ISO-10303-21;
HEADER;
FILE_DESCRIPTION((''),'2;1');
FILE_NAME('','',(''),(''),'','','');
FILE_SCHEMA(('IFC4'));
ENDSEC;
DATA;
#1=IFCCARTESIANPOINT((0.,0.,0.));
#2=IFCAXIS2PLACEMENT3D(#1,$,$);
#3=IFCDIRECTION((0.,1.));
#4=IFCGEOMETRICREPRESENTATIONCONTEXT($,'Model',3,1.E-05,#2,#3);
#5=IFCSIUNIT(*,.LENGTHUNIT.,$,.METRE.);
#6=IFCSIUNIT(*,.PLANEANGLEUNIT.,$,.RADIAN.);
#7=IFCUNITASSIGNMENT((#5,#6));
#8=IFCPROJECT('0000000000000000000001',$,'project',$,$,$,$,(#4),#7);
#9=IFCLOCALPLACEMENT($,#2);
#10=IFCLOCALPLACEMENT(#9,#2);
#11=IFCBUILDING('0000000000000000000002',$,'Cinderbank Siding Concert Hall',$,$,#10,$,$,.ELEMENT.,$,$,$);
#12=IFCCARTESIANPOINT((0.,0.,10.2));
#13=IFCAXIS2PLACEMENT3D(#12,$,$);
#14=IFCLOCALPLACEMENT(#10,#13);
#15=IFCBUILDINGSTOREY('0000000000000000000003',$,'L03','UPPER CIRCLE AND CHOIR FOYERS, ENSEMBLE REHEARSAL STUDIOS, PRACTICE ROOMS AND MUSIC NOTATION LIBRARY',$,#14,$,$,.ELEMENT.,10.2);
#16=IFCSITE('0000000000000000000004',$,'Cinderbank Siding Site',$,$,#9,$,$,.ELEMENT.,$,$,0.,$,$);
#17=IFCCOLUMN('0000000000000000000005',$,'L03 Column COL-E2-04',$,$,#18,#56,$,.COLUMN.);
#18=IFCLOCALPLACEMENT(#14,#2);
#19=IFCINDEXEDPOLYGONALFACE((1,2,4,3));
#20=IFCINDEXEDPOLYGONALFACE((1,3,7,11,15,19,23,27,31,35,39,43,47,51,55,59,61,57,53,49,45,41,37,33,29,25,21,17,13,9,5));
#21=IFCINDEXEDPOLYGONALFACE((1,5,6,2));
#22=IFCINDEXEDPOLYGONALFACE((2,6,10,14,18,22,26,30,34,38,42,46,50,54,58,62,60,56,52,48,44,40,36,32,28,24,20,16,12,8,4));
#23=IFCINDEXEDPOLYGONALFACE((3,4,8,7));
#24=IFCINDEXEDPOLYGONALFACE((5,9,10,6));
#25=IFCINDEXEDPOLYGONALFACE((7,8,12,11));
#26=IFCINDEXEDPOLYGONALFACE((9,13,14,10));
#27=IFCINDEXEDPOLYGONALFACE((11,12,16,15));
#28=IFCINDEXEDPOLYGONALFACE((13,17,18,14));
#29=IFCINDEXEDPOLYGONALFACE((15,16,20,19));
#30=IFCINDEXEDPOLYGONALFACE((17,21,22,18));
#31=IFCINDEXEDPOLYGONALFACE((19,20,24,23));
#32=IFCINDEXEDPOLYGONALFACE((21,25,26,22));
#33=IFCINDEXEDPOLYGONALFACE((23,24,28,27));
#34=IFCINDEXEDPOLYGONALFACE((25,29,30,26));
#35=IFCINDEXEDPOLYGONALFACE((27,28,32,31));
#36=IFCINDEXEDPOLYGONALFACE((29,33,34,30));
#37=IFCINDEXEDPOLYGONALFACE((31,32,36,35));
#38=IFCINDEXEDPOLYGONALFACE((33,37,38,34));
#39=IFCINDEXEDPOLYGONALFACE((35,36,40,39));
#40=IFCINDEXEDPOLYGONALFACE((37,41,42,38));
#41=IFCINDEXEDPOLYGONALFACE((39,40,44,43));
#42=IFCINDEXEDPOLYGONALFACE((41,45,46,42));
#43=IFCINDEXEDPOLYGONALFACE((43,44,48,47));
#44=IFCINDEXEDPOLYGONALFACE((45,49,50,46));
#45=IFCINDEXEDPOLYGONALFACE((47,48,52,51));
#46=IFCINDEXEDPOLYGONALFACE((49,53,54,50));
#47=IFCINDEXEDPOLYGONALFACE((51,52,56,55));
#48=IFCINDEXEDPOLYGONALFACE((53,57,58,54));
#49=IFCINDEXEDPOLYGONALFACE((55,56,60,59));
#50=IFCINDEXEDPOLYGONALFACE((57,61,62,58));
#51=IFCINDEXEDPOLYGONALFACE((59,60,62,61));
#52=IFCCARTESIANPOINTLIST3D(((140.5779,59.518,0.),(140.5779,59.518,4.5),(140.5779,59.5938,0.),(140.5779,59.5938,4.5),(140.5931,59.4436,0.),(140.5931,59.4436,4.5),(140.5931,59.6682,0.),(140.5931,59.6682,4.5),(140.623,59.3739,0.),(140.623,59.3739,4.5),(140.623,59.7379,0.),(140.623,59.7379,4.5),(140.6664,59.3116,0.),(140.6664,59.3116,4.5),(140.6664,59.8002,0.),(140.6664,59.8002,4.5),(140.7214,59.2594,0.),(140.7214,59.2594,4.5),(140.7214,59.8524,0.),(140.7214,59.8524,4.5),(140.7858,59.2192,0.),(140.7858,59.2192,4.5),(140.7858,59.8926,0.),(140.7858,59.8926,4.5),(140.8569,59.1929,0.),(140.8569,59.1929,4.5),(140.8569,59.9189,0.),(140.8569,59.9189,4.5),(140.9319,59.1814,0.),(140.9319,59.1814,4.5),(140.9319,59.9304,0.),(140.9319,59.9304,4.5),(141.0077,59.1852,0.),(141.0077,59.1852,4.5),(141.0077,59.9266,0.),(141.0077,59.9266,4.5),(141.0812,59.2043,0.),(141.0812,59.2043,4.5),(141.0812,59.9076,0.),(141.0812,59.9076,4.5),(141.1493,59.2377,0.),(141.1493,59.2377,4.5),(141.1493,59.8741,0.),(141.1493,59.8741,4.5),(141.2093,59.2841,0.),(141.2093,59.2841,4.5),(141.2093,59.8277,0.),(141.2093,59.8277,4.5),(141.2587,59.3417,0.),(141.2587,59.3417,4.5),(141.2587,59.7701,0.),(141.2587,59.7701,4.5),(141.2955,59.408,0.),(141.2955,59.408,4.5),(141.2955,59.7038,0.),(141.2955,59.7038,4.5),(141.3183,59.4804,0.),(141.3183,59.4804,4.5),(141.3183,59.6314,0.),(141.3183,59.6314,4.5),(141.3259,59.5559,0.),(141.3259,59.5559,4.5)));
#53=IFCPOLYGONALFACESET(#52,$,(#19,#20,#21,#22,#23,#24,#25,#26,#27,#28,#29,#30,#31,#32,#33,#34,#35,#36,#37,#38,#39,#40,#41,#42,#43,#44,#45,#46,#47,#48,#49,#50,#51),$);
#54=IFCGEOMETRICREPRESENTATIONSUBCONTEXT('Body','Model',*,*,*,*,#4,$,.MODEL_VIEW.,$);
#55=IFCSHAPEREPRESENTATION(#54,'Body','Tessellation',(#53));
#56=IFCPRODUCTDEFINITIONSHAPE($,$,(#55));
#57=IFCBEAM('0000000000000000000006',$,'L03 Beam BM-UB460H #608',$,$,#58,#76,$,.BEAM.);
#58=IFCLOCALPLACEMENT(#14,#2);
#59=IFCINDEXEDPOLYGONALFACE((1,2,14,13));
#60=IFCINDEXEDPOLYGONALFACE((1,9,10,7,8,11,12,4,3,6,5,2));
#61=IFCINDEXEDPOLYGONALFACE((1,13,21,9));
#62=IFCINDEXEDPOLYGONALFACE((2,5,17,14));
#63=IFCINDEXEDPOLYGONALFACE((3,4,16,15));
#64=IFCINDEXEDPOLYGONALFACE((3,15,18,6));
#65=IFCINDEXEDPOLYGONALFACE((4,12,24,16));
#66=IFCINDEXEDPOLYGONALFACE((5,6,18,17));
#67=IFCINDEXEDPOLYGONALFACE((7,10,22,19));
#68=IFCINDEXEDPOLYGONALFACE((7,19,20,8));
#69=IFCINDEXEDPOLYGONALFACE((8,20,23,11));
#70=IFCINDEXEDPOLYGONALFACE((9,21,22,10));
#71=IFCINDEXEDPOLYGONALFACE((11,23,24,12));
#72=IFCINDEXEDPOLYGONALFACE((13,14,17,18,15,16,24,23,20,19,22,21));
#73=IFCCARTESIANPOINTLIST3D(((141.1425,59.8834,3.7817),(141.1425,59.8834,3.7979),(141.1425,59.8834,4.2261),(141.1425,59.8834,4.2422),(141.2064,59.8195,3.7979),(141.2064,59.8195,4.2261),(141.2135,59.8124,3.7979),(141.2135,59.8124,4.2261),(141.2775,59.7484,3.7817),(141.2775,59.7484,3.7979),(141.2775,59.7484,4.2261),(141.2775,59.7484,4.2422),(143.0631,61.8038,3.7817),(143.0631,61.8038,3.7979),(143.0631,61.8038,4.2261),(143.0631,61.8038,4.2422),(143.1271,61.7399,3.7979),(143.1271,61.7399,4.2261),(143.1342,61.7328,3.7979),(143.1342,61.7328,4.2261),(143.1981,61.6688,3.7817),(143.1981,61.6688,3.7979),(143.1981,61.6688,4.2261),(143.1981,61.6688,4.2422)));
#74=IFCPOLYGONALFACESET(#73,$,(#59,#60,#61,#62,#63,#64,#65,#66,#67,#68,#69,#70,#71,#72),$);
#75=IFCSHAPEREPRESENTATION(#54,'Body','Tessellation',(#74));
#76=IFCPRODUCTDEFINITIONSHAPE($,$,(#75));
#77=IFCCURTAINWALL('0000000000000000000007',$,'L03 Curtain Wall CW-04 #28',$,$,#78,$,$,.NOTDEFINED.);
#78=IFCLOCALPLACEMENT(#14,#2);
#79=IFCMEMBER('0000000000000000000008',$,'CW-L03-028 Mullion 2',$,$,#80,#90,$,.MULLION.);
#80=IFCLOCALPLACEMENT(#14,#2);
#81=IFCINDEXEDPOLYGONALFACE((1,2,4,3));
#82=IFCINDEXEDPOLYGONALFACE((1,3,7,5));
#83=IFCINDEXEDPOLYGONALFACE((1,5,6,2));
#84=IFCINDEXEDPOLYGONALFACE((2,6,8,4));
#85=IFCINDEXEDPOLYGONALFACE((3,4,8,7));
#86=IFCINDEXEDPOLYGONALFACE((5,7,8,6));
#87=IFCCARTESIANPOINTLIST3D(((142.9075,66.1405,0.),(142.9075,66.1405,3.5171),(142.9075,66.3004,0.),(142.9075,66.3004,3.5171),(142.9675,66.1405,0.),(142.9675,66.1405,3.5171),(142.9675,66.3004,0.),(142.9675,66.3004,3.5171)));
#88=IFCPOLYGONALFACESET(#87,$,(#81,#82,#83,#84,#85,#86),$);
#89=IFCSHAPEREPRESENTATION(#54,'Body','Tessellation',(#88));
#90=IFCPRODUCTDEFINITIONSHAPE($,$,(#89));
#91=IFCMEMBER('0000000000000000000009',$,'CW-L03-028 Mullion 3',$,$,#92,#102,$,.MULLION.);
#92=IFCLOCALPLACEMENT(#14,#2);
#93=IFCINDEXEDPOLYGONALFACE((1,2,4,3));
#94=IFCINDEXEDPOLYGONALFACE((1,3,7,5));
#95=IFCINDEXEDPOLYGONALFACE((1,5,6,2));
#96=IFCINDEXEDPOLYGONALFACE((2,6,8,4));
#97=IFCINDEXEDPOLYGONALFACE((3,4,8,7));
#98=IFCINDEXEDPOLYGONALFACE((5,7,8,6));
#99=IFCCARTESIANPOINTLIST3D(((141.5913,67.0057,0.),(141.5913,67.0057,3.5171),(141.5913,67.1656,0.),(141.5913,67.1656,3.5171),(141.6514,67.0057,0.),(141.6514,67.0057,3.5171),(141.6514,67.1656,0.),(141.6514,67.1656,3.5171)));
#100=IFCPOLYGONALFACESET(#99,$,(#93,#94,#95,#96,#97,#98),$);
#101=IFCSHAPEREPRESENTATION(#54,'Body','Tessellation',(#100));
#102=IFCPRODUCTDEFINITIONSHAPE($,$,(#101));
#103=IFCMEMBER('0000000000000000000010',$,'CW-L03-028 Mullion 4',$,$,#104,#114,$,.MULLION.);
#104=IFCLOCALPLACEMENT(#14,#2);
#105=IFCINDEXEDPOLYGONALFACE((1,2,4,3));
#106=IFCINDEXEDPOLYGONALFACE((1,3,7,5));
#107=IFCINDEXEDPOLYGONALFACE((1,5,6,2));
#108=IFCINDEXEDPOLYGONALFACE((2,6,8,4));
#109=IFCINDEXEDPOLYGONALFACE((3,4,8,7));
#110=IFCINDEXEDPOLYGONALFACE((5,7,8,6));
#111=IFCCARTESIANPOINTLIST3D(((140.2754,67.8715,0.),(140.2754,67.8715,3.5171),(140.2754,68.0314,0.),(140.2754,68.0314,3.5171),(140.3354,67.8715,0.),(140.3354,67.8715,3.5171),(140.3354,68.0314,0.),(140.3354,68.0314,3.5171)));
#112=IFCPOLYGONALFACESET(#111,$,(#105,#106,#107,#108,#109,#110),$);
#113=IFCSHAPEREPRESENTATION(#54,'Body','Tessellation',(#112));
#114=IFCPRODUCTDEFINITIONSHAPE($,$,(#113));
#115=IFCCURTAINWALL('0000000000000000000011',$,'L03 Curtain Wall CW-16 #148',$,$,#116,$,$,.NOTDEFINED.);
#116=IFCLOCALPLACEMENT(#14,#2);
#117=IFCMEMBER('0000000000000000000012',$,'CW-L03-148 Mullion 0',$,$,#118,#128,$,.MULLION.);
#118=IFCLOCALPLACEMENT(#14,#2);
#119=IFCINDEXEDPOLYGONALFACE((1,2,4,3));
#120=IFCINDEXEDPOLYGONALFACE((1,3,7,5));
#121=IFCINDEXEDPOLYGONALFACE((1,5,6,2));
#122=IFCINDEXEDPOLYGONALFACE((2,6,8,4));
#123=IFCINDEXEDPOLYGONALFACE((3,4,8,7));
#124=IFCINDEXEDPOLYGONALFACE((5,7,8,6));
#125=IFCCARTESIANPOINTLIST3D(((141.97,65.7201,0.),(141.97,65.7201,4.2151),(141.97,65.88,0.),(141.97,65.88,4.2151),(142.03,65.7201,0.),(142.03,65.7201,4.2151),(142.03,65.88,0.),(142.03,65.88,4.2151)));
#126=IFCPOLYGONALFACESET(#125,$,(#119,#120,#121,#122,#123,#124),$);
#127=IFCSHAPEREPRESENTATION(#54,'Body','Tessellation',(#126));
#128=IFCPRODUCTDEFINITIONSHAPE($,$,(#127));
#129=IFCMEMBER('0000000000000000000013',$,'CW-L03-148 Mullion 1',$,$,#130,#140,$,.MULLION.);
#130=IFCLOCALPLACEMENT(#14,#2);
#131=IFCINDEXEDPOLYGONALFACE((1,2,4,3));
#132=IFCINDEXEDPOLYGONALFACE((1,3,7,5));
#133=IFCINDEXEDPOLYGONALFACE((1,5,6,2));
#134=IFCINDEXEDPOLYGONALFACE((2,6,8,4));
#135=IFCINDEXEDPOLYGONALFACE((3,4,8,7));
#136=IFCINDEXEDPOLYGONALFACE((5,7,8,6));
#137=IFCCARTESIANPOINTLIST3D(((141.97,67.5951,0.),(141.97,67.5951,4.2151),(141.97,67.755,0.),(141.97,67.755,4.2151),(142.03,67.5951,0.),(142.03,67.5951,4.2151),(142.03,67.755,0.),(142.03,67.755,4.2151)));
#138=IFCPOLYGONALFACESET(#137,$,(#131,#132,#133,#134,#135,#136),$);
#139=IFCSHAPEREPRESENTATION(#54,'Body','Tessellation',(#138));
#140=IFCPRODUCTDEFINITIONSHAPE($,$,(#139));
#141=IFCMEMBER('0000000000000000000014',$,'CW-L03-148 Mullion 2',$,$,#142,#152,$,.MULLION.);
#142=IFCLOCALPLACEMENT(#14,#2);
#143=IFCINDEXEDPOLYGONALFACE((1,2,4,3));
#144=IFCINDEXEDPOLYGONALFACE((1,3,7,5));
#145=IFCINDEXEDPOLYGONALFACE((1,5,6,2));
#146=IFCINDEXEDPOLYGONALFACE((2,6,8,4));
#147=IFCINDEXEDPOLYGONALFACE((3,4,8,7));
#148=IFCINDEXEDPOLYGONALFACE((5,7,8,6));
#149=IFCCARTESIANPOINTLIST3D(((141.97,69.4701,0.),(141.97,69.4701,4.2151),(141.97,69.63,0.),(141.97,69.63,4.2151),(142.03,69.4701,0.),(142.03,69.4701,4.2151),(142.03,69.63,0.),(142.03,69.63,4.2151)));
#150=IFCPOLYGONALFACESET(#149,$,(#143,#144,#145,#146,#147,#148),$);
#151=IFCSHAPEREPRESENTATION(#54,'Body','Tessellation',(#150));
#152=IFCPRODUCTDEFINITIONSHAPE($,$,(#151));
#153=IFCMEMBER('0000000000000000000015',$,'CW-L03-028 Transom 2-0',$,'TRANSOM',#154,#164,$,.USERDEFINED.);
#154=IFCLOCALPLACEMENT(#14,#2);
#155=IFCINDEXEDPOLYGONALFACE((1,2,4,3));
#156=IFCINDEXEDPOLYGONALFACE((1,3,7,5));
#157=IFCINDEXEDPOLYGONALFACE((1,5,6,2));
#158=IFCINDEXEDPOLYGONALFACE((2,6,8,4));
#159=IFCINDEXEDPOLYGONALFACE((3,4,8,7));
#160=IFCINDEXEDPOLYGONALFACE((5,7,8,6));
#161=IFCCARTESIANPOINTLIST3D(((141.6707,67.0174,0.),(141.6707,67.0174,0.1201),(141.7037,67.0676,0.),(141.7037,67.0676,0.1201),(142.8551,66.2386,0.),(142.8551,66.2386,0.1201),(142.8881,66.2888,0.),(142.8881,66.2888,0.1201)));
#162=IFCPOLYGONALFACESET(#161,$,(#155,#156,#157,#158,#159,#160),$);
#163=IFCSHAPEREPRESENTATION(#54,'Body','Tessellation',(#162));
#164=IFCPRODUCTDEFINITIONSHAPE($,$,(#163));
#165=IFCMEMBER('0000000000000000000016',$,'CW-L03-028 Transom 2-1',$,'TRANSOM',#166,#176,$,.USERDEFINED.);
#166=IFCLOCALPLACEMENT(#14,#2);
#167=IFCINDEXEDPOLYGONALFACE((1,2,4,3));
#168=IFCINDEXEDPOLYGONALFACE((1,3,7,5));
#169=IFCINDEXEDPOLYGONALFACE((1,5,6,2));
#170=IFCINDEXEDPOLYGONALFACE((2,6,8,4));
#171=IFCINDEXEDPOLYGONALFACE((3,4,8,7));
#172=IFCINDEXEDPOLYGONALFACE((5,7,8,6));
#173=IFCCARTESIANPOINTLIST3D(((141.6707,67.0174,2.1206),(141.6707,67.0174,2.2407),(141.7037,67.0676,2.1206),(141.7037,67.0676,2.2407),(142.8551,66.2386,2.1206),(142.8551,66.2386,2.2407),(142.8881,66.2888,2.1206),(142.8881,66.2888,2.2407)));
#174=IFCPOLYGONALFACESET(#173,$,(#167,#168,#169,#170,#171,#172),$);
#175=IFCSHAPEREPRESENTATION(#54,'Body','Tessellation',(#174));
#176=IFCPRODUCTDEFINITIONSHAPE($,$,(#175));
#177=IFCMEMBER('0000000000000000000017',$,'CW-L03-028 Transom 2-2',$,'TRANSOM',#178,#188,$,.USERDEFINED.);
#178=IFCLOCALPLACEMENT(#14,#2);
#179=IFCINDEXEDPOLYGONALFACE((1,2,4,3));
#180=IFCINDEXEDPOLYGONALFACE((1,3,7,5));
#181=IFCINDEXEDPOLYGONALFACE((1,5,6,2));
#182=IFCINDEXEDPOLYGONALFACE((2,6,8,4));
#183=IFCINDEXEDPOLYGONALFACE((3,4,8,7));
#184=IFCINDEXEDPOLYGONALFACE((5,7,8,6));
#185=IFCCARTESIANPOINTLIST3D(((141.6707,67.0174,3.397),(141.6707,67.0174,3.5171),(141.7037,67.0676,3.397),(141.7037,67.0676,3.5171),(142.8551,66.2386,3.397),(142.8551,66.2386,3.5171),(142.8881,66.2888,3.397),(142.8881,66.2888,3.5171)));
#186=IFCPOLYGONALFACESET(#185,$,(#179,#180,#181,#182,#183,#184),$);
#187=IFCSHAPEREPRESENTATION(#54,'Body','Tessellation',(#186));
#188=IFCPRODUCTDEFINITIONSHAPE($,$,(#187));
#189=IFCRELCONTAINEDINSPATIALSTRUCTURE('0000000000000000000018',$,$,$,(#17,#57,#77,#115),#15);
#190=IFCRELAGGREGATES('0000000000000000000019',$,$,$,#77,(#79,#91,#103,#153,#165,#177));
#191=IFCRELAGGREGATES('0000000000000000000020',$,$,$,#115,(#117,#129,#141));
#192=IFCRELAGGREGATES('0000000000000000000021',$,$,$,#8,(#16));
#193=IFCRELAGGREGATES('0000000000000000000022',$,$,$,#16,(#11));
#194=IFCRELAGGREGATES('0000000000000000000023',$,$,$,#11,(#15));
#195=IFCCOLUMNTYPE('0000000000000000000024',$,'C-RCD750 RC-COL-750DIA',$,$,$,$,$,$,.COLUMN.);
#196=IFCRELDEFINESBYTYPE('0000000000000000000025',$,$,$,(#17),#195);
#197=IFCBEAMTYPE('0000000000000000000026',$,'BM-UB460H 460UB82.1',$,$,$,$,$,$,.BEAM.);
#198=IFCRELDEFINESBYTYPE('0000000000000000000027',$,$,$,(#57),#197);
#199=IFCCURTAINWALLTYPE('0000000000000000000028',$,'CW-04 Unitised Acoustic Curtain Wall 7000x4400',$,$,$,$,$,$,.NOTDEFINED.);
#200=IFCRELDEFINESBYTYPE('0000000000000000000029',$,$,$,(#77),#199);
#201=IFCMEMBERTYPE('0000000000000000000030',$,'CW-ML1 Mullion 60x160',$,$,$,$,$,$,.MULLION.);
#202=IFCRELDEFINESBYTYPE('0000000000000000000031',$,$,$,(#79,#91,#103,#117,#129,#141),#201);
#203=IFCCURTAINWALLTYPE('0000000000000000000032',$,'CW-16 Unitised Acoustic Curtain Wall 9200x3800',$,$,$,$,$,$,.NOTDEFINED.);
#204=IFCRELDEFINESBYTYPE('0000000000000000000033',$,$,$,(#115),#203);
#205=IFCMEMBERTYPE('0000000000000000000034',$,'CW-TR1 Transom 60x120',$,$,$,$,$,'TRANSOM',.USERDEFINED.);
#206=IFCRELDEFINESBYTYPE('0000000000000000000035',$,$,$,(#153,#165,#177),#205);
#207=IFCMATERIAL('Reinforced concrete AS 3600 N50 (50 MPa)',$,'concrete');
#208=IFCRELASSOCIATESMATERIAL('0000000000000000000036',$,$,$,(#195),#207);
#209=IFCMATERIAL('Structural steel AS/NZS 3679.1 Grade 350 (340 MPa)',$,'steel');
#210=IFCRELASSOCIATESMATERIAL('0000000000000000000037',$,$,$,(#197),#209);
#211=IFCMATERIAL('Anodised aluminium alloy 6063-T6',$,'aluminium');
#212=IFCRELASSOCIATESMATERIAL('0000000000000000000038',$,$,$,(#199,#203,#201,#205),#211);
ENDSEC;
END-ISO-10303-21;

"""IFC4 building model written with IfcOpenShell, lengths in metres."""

from ifc_helpers import new_model, si_unit, direction, frame, origin, origin_2d, place, context, subcontext, project, spatial, rectangle, circle, i_section, extrude, material, material_profile, profile_set, type_object, element, aggregate, save


model = new_model("IFC4")

# Units and contexts
model_context = context("Model", 3, precision=1e-05, world=origin(), true_north=direction((0.0, 1.0)))
body_context = subcontext(model_context, "Body", "Model", "MODEL_VIEW")
ifc_project = project(units=[si_unit("LENGTHUNIT", "METRE"), si_unit("PLANEANGLEUNIT", "RADIAN")], contexts=[model_context])

# Site, building, storey
site_placement = place(None, origin())
site = spatial("IfcSite", under=ifc_project, at=site_placement, Name="Cinderbank Siding Site", CompositionType="ELEMENT", RefElevation=0.0)
building_placement = place(site_placement, origin())
building = spatial("IfcBuilding", under=site, at=building_placement, Name="Cinderbank Siding Concert Hall", CompositionType="ELEMENT")
storey_placement = place(building_placement, frame((0.0, 0.0, 10.2)))
storey = spatial("IfcBuildingStorey", under=building, at=storey_placement, Name="L03", Description="UPPER CIRCLE AND CHOIR FOYERS, ENSEMBLE REHEARSAL STUDIOS, PRACTICE ROOMS AND MUSIC NOTATION LIBRARY", CompositionType="ELEMENT", Elevation=10.2)

# Column
ifc_material_1 = material(Name="Reinforced concrete AS 3600 N50 (50 MPa)", Category="concrete")
ifc_material_profile_1 = material_profile(ifc_material_1, circle(Radius=0.375, at=origin_2d()), Name="RC-COL-750DIA", Category="LoadBearing")
ifc_profile_set_1 = profile_set([ifc_material_profile_1], Name="Reinforced concrete AS 3600 N50 (50 MPa)")
column_type = type_object("IfcColumnType", Name="C-RCD750 RC-COL-750DIA", PredefinedType="COLUMN", material=ifc_profile_set_1)
column_placement = place(storey_placement, frame((140.9509, 59.5559, 0.0), z_axis=(0.0, 0.0, 1.0), x_axis=(1.0, 0.0, 0.0)))
element("IfcColumn", 1, at=column_placement, inside=storey, type_object=column_type, Name="L03 Column COL-E2-04", PredefinedType="COLUMN", context=body_context, shape_type="SweptSolid", body=[
    extrude(circle(Radius=0.375, at=origin_2d()), origin(), (0.0, 0.0, 1.0), 4.5),
])

# Beam
ifc_material_2 = material(Name="Structural steel AS/NZS 3679.1 Grade 350 (340 MPa)", Category="steel")
ifc_material_profile_2 = material_profile(ifc_material_2, i_section(OverallWidth=0.1909, OverallDepth=0.4604, WebThickness=0.01, FlangeThickness=0.0161, at=origin_2d()), Name="460UB82.1", Category="LoadBearing")
ifc_profile_set_2 = profile_set([ifc_material_profile_2], Name="Structural steel AS/NZS 3679.1 Grade 350 (340 MPa)")
beam_type = type_object("IfcBeamType", Name="BM-UB460H 460UB82.1", PredefinedType="BEAM", material=ifc_profile_set_2)
beam_placement = place(storey_placement, frame((141.21, 59.8159, 4.012), z_axis=(0.707152, 0.707062, 0.0), x_axis=(-0.707062, 0.707152, 0.0)))
element("IfcBeam", 2, at=beam_placement, inside=storey, type_object=beam_type, Name="L03 Beam BM-UB460H #608", PredefinedType="BEAM", context=body_context, shape_type="SweptSolid", body=[
    extrude(i_section(OverallWidth=0.1909, OverallDepth=0.4604, WebThickness=0.01, FlangeThickness=0.0161, at=origin_2d()), origin(), (0.0, 0.0, 1.0), 2.7161),
])

# Curtain walls, members
ifc_material_3 = material(Name="Anodised aluminium alloy 6063-T6", Category="aluminium")
curtain_wall_type_1 = type_object("IfcCurtainWallType", Name="CW-04 Unitised Acoustic Curtain Wall 7000x4400", PredefinedType="NOTDEFINED", material=ifc_material_3)
curtain_wall_1_placement = place(storey_placement, origin())
curtain_wall_1 = element("IfcCurtainWall", 3, at=curtain_wall_1_placement, inside=storey, type_object=curtain_wall_type_1, Name="L03 Curtain Wall CW-04 #28", PredefinedType="NOTDEFINED")
ifc_material_profile_3 = material_profile(ifc_material_3, rectangle(XDim=0.0601, YDim=0.1599, at=origin_2d()), Name="ALU-MULL-60x160", Category="LoadBearing")
ifc_profile_set_3 = profile_set([ifc_material_profile_3], Name="Anodised aluminium alloy 6063-T6")
member_type_1 = type_object("IfcMemberType", Name="CW-ML1 Mullion 60x160", PredefinedType="MULLION", material=ifc_profile_set_3)
member_1_placement = place(storey_placement, frame((142.9375, 66.2205, 0.0), z_axis=(0.0, 0.0, 1.0), x_axis=(1.0, 0.0, 0.0)))
member_1 = element("IfcMember", 4, at=member_1_placement, type_object=member_type_1, Name="CW-L03-028 Mullion 2", PredefinedType="MULLION", context=body_context, shape_type="SweptSolid", body=[
    extrude(rectangle(XDim=0.0601, YDim=0.1599, at=origin_2d()), origin(), (0.0, 0.0, 1.0), 3.5171),
])
member_2_placement = place(storey_placement, frame((141.6213, 67.0857, 0.0), z_axis=(0.0, 0.0, 1.0), x_axis=(1.0, 0.0, 0.0)))
member_2 = element("IfcMember", 5, at=member_2_placement, type_object=member_type_1, Name="CW-L03-028 Mullion 3", PredefinedType="MULLION", context=body_context, shape_type="SweptSolid", body=[
    extrude(rectangle(XDim=0.0601, YDim=0.1599, at=origin_2d()), origin(), (0.0, 0.0, 1.0), 3.5171),
])
member_3_placement = place(storey_placement, frame((140.3054, 67.9514, 0.0), z_axis=(0.0, 0.0, 1.0), x_axis=(1.0, 0.0, 0.0)))
member_3 = element("IfcMember", 6, at=member_3_placement, type_object=member_type_1, Name="CW-L03-028 Mullion 4", PredefinedType="MULLION", context=body_context, shape_type="SweptSolid", body=[
    extrude(rectangle(XDim=0.0601, YDim=0.1599, at=origin_2d()), origin(), (0.0, 0.0, 1.0), 3.5171),
])
curtain_wall_type_2 = type_object("IfcCurtainWallType", Name="CW-16 Unitised Acoustic Curtain Wall 9200x3800", PredefinedType="NOTDEFINED", material=ifc_material_3)
curtain_wall_2_placement = place(storey_placement, origin())
curtain_wall_2 = element("IfcCurtainWall", 7, at=curtain_wall_2_placement, inside=storey, type_object=curtain_wall_type_2, Name="L03 Curtain Wall CW-16 #148", PredefinedType="NOTDEFINED")
member_4_placement = place(storey_placement, frame((142.0, 65.8, 0.0), z_axis=(0.0, 0.0, 1.0), x_axis=(1.0, 0.0, 0.0)))
member_4 = element("IfcMember", 8, at=member_4_placement, type_object=member_type_1, Name="CW-L03-148 Mullion 0", PredefinedType="MULLION", context=body_context, shape_type="SweptSolid", body=[
    extrude(rectangle(XDim=0.0601, YDim=0.1599, at=origin_2d()), origin(), (0.0, 0.0, 1.0), 4.2151),
])
member_5_placement = place(storey_placement, frame((142.0, 67.675, 0.0), z_axis=(0.0, 0.0, 1.0), x_axis=(1.0, 0.0, 0.0)))
member_5 = element("IfcMember", 9, at=member_5_placement, type_object=member_type_1, Name="CW-L03-148 Mullion 1", PredefinedType="MULLION", context=body_context, shape_type="SweptSolid", body=[
    extrude(rectangle(XDim=0.0601, YDim=0.1599, at=origin_2d()), origin(), (0.0, 0.0, 1.0), 4.2151),
])
member_6_placement = place(storey_placement, frame((142.0, 69.55, 0.0), z_axis=(0.0, 0.0, 1.0), x_axis=(1.0, 0.0, 0.0)))
member_6 = element("IfcMember", 10, at=member_6_placement, type_object=member_type_1, Name="CW-L03-148 Mullion 2", PredefinedType="MULLION", context=body_context, shape_type="SweptSolid", body=[
    extrude(rectangle(XDim=0.0601, YDim=0.1599, at=origin_2d()), origin(), (0.0, 0.0, 1.0), 4.2151),
])

# Members
ifc_material_profile_4 = material_profile(ifc_material_3, rectangle(XDim=0.0601, YDim=0.1201, at=origin_2d()), Name="ALU-TRAN-60x120", Category="LoadBearing")
ifc_profile_set_4 = profile_set([ifc_material_profile_4], Name="Anodised aluminium alloy 6063-T6")
member_type_2 = type_object("IfcMemberType", Name="CW-TR1 Transom 60x120", ElementType="TRANSOM", PredefinedType="USERDEFINED", material=ifc_profile_set_4)
member_7_placement = place(storey_placement, frame((142.8716, 66.2637, 0.0601), z_axis=(-0.835532, 0.549443, 0.0), x_axis=(-0.549443, -0.835532, 0.0)))
member_7 = element("IfcMember", 11, at=member_7_placement, type_object=member_type_2, Name="CW-L03-028 Transom 2-0", ObjectType="TRANSOM", PredefinedType="USERDEFINED", context=body_context, shape_type="SweptSolid", body=[
    extrude(rectangle(XDim=0.0601, YDim=0.1201, at=origin_2d()), origin(), (0.0, 0.0, 1.0), 1.4175),
])
member_8_placement = place(storey_placement, frame((142.8716, 66.2637, 2.1807), z_axis=(-0.835532, 0.549443, 0.0), x_axis=(-0.549443, -0.835532, 0.0)))
member_8 = element("IfcMember", 12, at=member_8_placement, type_object=member_type_2, Name="CW-L03-028 Transom 2-1", ObjectType="TRANSOM", PredefinedType="USERDEFINED", context=body_context, shape_type="SweptSolid", body=[
    extrude(rectangle(XDim=0.0601, YDim=0.1201, at=origin_2d()), origin(), (0.0, 0.0, 1.0), 1.4175),
])
member_9_placement = place(storey_placement, frame((142.8716, 66.2637, 3.457), z_axis=(-0.835532, 0.549443, 0.0), x_axis=(-0.549443, -0.835532, 0.0)))
member_9 = element("IfcMember", 13, at=member_9_placement, type_object=member_type_2, Name="CW-L03-028 Transom 2-2", ObjectType="TRANSOM", PredefinedType="USERDEFINED", context=body_context, shape_type="SweptSolid", body=[
    extrude(rectangle(XDim=0.0601, YDim=0.1201, at=origin_2d()), origin(), (0.0, 0.0, 1.0), 1.4175),
])

aggregate(curtain_wall_1, [member_1, member_2, member_3, member_7, member_8, member_9])
aggregate(curtain_wall_2, [member_4, member_5, member_6])

save(model, "model.ifc")
